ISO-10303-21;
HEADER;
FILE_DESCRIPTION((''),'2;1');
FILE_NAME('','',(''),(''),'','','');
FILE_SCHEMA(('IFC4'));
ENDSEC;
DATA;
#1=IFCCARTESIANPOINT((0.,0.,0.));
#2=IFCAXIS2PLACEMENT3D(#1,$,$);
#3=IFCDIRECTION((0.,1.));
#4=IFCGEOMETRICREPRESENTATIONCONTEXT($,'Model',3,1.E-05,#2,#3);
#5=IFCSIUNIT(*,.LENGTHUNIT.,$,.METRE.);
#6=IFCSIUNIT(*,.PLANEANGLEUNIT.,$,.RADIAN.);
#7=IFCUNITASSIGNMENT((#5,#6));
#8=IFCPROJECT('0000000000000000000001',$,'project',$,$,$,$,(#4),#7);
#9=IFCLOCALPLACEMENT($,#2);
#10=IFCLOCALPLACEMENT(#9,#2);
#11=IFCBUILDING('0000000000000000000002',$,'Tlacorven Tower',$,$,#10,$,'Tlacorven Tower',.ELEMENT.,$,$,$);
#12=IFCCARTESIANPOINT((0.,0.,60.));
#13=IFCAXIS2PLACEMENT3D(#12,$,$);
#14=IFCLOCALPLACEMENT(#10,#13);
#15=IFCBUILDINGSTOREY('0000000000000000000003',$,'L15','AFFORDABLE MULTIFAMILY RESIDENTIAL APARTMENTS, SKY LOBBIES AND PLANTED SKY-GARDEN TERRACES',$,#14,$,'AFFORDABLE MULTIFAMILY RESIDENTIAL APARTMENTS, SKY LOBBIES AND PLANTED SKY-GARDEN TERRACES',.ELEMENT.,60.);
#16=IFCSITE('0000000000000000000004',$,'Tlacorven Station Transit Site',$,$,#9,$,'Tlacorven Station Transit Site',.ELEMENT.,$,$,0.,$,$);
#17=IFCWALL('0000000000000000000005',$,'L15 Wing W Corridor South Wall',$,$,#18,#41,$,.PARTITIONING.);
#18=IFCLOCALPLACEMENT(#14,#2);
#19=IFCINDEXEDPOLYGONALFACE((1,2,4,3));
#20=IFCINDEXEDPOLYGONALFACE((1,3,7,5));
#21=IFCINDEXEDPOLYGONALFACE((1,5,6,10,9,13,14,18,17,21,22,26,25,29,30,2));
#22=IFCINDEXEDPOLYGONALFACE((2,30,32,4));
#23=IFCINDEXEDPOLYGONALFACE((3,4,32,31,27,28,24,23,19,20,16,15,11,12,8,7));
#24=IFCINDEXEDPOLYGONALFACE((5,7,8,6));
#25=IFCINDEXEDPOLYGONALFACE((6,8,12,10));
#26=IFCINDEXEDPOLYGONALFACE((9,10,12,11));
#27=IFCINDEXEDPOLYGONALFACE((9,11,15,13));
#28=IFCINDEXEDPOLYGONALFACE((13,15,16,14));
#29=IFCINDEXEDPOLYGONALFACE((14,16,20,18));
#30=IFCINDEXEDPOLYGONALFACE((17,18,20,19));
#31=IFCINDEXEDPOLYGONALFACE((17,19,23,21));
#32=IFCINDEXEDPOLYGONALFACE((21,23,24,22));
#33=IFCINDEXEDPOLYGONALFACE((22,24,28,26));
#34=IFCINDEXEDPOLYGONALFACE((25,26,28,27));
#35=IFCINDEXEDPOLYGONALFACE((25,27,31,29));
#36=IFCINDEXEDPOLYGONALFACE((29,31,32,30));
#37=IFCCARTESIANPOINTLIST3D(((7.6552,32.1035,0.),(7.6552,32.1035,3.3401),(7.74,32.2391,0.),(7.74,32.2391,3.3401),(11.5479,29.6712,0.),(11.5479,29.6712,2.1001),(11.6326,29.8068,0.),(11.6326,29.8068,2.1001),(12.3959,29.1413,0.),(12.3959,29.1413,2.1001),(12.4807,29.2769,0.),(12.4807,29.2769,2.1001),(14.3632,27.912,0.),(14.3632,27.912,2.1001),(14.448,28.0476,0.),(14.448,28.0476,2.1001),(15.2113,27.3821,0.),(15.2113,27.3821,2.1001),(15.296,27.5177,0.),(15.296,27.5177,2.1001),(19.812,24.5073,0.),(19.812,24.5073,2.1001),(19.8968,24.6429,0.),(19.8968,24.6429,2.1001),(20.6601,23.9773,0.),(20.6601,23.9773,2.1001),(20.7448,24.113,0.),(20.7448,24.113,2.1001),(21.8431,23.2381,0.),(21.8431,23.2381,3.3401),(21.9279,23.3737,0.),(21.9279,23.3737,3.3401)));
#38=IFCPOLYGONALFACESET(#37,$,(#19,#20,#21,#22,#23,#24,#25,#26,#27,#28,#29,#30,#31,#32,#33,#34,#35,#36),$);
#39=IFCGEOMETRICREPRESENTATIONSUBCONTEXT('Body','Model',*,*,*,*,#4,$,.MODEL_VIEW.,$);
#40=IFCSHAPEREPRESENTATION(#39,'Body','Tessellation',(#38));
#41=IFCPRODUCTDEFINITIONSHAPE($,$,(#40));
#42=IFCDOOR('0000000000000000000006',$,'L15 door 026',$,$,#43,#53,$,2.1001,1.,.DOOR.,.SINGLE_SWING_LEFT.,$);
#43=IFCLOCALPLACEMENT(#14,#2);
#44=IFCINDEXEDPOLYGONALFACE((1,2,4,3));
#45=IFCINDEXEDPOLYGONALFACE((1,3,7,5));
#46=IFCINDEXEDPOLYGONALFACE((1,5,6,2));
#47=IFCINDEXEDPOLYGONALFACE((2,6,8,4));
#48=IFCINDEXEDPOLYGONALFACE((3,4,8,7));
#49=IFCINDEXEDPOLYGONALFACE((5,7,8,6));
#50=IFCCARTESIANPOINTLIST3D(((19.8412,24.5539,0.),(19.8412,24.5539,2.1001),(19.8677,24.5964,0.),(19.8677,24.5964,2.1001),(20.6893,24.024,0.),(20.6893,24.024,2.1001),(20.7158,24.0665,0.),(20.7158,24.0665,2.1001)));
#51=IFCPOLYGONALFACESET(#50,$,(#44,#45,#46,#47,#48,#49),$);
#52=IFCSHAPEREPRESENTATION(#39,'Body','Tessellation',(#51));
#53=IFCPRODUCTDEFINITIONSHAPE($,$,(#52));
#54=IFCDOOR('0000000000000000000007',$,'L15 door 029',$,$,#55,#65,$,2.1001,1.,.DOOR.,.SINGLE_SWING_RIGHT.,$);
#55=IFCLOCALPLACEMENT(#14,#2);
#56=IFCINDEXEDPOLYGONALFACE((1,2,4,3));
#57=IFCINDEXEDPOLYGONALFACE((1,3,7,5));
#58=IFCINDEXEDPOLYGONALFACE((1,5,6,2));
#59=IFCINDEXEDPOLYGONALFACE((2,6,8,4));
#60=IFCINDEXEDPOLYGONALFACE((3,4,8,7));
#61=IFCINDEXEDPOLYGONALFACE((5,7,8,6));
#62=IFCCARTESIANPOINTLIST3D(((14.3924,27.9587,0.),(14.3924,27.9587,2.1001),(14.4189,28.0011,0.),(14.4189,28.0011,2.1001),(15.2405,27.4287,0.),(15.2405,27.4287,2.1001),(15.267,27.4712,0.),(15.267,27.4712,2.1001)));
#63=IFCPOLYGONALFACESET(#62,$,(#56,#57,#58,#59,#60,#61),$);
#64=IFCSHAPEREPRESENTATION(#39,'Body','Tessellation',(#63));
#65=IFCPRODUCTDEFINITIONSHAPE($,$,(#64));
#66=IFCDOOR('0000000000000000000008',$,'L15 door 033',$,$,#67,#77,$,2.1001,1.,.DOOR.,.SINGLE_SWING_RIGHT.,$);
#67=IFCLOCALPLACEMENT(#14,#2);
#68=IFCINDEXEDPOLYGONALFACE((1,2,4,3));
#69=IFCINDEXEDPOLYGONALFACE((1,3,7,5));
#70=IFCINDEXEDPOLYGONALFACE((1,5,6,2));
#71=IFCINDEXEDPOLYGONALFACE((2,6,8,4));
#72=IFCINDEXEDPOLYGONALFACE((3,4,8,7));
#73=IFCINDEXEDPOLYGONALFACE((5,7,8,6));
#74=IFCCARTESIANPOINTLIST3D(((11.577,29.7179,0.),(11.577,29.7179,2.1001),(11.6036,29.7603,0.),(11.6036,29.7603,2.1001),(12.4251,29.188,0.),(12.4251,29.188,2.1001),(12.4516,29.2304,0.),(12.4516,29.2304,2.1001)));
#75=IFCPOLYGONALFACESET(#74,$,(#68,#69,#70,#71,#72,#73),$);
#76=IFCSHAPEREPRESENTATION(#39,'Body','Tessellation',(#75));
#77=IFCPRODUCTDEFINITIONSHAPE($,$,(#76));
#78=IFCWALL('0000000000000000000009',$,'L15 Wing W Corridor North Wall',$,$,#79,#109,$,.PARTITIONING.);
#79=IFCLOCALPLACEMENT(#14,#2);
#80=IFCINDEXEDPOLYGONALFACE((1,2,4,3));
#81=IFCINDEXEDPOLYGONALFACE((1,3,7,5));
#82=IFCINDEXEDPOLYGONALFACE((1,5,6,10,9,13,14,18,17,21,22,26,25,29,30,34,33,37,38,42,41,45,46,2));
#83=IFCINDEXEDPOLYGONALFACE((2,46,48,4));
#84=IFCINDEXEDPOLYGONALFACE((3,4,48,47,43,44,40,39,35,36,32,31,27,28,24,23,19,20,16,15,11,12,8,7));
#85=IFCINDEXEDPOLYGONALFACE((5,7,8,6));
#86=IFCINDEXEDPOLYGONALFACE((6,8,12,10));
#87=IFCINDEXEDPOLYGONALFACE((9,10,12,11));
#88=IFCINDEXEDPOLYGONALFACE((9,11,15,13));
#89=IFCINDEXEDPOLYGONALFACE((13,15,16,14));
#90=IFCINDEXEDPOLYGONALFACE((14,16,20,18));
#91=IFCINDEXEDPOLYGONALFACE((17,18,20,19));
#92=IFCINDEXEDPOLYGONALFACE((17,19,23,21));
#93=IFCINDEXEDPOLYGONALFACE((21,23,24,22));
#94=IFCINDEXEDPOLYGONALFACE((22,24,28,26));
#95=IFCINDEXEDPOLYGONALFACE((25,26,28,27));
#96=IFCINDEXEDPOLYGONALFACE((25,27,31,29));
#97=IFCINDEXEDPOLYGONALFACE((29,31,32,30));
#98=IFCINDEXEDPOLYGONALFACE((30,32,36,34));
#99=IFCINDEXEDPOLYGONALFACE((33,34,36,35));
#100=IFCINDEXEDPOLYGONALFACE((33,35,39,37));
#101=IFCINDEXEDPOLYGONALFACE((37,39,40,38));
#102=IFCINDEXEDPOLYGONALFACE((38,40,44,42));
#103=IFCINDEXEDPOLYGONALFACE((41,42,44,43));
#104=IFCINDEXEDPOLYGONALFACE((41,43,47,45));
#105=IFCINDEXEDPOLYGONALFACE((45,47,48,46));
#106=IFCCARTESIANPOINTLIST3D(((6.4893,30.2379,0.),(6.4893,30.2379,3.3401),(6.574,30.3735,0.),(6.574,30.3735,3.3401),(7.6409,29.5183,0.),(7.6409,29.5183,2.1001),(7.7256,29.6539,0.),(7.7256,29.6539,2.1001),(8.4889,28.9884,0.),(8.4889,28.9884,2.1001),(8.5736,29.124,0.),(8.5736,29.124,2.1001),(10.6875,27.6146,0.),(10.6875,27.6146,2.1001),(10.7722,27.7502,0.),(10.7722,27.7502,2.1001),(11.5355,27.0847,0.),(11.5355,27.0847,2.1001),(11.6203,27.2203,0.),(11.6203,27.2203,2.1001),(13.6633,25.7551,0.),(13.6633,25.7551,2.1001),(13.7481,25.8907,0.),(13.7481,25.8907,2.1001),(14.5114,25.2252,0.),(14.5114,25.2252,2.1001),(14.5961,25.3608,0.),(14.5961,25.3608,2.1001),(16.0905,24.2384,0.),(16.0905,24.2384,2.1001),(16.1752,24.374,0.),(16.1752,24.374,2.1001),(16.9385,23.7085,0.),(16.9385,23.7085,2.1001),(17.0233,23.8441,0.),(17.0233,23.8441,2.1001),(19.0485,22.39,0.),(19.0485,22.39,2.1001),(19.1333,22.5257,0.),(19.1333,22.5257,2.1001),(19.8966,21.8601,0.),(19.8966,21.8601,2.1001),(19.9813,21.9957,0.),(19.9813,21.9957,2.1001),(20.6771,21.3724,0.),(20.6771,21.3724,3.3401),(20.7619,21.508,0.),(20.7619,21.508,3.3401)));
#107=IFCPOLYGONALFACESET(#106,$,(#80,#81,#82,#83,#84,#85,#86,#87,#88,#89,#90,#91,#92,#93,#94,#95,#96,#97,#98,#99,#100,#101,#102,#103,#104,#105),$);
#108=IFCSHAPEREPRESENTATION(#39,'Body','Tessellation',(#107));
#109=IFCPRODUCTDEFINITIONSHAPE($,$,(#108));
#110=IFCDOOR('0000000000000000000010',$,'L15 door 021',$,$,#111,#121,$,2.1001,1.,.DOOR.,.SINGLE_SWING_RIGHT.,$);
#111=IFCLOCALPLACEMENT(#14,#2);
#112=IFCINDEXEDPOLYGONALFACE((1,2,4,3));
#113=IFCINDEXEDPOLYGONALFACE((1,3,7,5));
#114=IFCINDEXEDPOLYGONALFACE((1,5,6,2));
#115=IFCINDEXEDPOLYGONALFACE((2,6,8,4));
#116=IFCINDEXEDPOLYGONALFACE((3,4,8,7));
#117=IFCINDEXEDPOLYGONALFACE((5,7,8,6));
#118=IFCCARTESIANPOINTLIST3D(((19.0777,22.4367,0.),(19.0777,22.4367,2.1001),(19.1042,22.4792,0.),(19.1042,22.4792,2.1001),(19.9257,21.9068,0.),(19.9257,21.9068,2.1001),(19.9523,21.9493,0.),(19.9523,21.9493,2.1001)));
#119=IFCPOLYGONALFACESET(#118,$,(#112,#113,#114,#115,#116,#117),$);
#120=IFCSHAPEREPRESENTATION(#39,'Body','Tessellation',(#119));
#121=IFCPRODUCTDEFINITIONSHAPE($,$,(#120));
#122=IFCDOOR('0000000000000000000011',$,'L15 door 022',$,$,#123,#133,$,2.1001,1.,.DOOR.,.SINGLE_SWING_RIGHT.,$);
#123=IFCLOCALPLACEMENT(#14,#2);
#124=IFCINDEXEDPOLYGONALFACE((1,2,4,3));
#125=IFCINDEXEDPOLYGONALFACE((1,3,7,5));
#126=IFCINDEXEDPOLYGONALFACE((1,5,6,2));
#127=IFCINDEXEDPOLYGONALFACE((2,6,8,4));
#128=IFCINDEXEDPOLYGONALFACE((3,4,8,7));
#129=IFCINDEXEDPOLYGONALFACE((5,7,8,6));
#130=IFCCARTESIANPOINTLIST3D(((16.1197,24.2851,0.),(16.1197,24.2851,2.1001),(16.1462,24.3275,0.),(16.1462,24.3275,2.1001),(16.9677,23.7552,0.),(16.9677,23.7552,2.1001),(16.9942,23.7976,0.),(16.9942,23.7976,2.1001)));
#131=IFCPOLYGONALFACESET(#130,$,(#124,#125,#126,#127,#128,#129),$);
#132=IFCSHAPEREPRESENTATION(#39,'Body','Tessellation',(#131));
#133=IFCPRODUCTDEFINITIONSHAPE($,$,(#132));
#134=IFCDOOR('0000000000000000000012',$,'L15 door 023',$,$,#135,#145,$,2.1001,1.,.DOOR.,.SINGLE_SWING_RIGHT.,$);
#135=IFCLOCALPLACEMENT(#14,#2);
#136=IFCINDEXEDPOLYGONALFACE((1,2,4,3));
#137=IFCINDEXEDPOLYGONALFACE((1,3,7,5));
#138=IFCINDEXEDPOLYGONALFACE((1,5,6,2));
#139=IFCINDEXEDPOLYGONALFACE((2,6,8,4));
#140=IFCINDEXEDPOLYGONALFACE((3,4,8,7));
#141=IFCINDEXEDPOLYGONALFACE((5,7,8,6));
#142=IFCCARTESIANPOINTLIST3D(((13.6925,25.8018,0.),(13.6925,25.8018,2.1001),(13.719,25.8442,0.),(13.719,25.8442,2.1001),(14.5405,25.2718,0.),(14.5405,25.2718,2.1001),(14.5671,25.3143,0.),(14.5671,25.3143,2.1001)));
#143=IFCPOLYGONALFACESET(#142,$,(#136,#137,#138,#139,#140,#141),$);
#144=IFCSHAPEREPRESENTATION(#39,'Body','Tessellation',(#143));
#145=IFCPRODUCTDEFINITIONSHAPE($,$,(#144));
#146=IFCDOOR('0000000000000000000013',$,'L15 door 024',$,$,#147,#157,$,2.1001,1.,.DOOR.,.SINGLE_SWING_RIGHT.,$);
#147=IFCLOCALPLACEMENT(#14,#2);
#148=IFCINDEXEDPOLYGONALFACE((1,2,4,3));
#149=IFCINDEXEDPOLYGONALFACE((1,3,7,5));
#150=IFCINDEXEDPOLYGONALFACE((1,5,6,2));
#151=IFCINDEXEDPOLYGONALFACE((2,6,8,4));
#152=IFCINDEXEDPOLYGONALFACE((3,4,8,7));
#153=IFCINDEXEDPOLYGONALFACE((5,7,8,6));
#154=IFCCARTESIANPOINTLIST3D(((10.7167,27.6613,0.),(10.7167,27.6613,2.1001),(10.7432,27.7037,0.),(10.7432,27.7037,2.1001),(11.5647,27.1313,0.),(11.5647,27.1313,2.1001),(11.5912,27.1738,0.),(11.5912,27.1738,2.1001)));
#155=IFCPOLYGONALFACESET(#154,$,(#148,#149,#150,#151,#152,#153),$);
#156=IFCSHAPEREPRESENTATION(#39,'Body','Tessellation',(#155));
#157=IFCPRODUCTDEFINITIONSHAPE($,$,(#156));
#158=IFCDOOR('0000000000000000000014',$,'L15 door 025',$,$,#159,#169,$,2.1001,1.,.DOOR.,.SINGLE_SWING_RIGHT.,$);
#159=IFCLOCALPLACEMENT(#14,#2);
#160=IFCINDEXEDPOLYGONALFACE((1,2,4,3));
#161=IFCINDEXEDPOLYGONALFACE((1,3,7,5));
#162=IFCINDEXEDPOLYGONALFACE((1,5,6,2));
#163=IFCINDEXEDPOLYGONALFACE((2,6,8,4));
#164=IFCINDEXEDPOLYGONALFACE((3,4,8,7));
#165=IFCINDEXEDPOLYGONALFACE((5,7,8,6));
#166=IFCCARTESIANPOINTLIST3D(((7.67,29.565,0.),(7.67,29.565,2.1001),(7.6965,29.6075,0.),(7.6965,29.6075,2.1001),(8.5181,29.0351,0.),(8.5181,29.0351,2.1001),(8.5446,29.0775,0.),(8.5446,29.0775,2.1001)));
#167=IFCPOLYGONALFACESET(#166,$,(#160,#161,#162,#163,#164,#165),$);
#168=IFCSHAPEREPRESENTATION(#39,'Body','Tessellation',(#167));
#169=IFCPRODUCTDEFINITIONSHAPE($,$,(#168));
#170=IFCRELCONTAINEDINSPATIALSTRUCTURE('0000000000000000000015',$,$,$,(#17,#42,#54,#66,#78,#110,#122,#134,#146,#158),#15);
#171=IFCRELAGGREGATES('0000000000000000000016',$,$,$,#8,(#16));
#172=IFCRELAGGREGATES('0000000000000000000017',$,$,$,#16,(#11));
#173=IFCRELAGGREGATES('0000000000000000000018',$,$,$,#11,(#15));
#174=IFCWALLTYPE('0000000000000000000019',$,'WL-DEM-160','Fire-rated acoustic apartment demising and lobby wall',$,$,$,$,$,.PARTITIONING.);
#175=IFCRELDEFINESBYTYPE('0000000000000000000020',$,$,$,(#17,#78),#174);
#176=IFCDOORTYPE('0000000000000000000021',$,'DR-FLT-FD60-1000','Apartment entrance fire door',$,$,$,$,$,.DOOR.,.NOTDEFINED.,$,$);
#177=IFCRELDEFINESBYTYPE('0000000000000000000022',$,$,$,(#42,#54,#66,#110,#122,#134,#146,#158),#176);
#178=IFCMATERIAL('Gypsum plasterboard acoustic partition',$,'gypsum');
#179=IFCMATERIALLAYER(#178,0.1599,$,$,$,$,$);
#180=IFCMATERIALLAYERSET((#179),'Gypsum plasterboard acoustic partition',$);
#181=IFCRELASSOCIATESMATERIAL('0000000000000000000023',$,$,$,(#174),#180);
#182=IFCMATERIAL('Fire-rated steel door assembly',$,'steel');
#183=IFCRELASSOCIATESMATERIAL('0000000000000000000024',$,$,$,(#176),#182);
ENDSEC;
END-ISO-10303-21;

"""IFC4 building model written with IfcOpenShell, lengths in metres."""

from ifc_helpers import new_model, si_unit, direction, frame, frame_2d, origin, place, context, subcontext, project, spatial, rectangle, extrude, source, transform, mapped, material, layer, layer_set, type_object, element, fill, save


model = new_model("IFC4")

# Units and contexts
model_context = context("Model", 3, precision=1e-05, world=origin(), true_north=direction((0.0, 1.0)))
body_context = subcontext(model_context, "Body", "Model", "MODEL_VIEW")
ifc_project = project(units=[si_unit("LENGTHUNIT", "METRE"), si_unit("PLANEANGLEUNIT", "RADIAN")], contexts=[model_context])

# Site, building, storey
site_placement = place(None, origin())
site = spatial("IfcSite", under=ifc_project, at=site_placement, Name="Tlacorven Station Transit Site", LongName="Tlacorven Station Transit Site", CompositionType="ELEMENT", RefElevation=0.0)
building_placement = place(site_placement, origin())
building = spatial("IfcBuilding", under=site, at=building_placement, Name="Tlacorven Tower", LongName="Tlacorven Tower", CompositionType="ELEMENT")
storey_placement = place(building_placement, frame((0.0, 0.0, 60.0)))
storey = spatial("IfcBuildingStorey", under=building, at=storey_placement, Name="L15", Description="AFFORDABLE MULTIFAMILY RESIDENTIAL APARTMENTS, SKY LOBBIES AND PLANTED SKY-GARDEN TERRACES", LongName="AFFORDABLE MULTIFAMILY RESIDENTIAL APARTMENTS, SKY LOBBIES AND PLANTED SKY-GARDEN TERRACES", CompositionType="ELEMENT", Elevation=60.0)

# Shared definitions
ifc_material_1 = material(Name="Gypsum plasterboard acoustic partition", Category="gypsum")
ifc_layer_1 = layer(ifc_material_1, 0.1599)
ifc_layer_set_1 = layer_set([ifc_layer_1], Name="Gypsum plasterboard acoustic partition")
wall_type_1 = type_object("IfcWallType", Name="WL-DEM-160", Description="Fire-rated acoustic apartment demising and lobby wall", PredefinedType="PARTITIONING", material=ifc_layer_set_1)
ifc_material_2 = material(Name="Fire-rated steel door assembly", Category="steel")

# Walls, openings, doors
wall_1_placement = place(storey_placement, frame((21.8855, 23.3059, 0.0), z_axis=(0.0, 0.0, 1.0), x_axis=(-0.848052, 0.529912, 0.0)))
wall_1 = element("IfcWall", 1, at=wall_1_placement, inside=storey, type_object=wall_type_1, Name="L15 Wing W Corridor South Wall", PredefinedType="PARTITIONING", context=body_context, shape_type="SweptSolid", body=[
    extrude(rectangle(XDim=16.73, YDim=0.1599, at=frame_2d((8.365, 0.0))), origin(), (0.0, 0.0, 1.0), 3.3401),
])
opening_1_placement = place(wall_1_placement, frame((1.395, 0.0, 0.0)))
opening_1 = element("IfcOpeningElement", 2, at=opening_1_placement, cuts=wall_1, PredefinedType="OPENING", context=body_context, shape_type="SweptSolid", body=[
    extrude(rectangle(XDim=1.0, YDim=2.1001, at=frame_2d((0.5, 1.05))), frame((0.0, 0.0898, 0.0), z_axis=(0.0, -1.0, 0.0), x_axis=(1.0, 0.0, 0.0)), (0.0, 0.0, 1.0), 0.1799),
])
opening_2_placement = place(wall_1_placement, frame((7.8201, 0.0, 0.0)))
opening_2 = element("IfcOpeningElement", 3, at=opening_2_placement, cuts=wall_1, PredefinedType="OPENING", context=body_context, shape_type="SweptSolid", body=[
    extrude(rectangle(XDim=1.0, YDim=2.1001, at=frame_2d((0.5, 1.05))), frame((0.0, 0.0898, 0.0), z_axis=(0.0, -1.0, 0.0), x_axis=(1.0, 0.0, 0.0)), (0.0, 0.0, 1.0), 0.1799),
])
opening_3_placement = place(wall_1_placement, frame((11.1399, 0.0, 0.0)))
opening_3 = element("IfcOpeningElement", 4, at=opening_3_placement, cuts=wall_1, PredefinedType="OPENING", context=body_context, shape_type="SweptSolid", body=[
    extrude(rectangle(XDim=1.0, YDim=2.1001, at=frame_2d((0.5, 1.05))), frame((0.0, 0.0898, 0.0), z_axis=(0.0, -1.0, 0.0), x_axis=(1.0, 0.0, 0.0)), (0.0, 0.0, 1.0), 0.1799),
])
door_type_1 = type_object("IfcDoorType", Name="DR-FLT-FD60-1000", Description="Apartment entrance fire door", OperationType="NOTDEFINED", PredefinedType="DOOR", material=ifc_material_2)
shared_shape_1 = source(origin(), body_context, "Body", "SweptSolid", [
    extrude(rectangle(XDim=1.0, YDim=2.1001, at=frame_2d((0.5, 1.05))), frame((0.0, 0.0249, 0.0), z_axis=(0.0, -1.0, 0.0), x_axis=(1.0, 0.0, 0.0)), (0.0, 0.0, 1.0), 0.05),
])
door_1_placement = place(opening_1_placement, origin())
door_1 = element("IfcDoor", 5, at=door_1_placement, inside=storey, type_object=door_type_1, Name="L15 door 026", OperationType="SINGLE_SWING_LEFT", OverallHeight=2.1001, OverallWidth=1.0, PredefinedType="DOOR", context=body_context, shape_type="MappedRepresentation", body=[
    mapped(shared_shape_1, transform((0.0, 0.0, 0.0), scale=1.0)),
])
fill(opening_1, door_1)
door_2_placement = place(opening_2_placement, origin())
door_2 = element("IfcDoor", 6, at=door_2_placement, inside=storey, type_object=door_type_1, Name="L15 door 029", OperationType="SINGLE_SWING_RIGHT", OverallHeight=2.1001, OverallWidth=1.0, PredefinedType="DOOR", context=body_context, shape_type="MappedRepresentation", body=[
    mapped(shared_shape_1, transform((0.0, 0.0, 0.0), scale=1.0)),
])
fill(opening_2, door_2)
door_3_placement = place(opening_3_placement, origin())
door_3 = element("IfcDoor", 7, at=door_3_placement, inside=storey, type_object=door_type_1, Name="L15 door 033", OperationType="SINGLE_SWING_RIGHT", OverallHeight=2.1001, OverallWidth=1.0, PredefinedType="DOOR", context=body_context, shape_type="MappedRepresentation", body=[
    mapped(shared_shape_1, transform((0.0, 0.0, 0.0), scale=1.0)),
])
fill(opening_3, door_3)
wall_2_placement = place(storey_placement, frame((20.7195, 21.4402, 0.0), z_axis=(0.0, 0.0, 1.0), x_axis=(-0.848048, 0.529919, 0.0)))
wall_2 = element("IfcWall", 8, at=wall_2_placement, inside=storey, type_object=wall_type_1, Name="L15 Wing W Corridor North Wall", PredefinedType="PARTITIONING", context=body_context, shape_type="SweptSolid", body=[
    extrude(rectangle(XDim=16.73, YDim=0.1599, at=frame_2d((8.365, 0.0))), origin(), (0.0, 0.0, 1.0), 3.3401),
])
opening_4_placement = place(wall_2_placement, frame((0.9204, 0.0, 0.0)))
opening_4 = element("IfcOpeningElement", 9, at=opening_4_placement, cuts=wall_2, PredefinedType="OPENING", context=body_context, shape_type="SweptSolid", body=[
    extrude(rectangle(XDim=1.0, YDim=2.1001, at=frame_2d((0.5, 1.05))), frame((0.0, 0.0898, 0.0), z_axis=(0.0, -1.0, 0.0), x_axis=(1.0, 0.0, 0.0)), (0.0, 0.0, 1.0), 0.1799),
])
opening_5_placement = place(wall_2_placement, frame((4.4084, 0.0, 0.0)))
opening_5 = element("IfcOpeningElement", 10, at=opening_5_placement, cuts=wall_2, PredefinedType="OPENING", context=body_context, shape_type="SweptSolid", body=[
    extrude(rectangle(XDim=1.0, YDim=2.1001, at=frame_2d((0.5, 1.05))), frame((0.0, 0.0898, 0.0), z_axis=(0.0, -1.0, 0.0), x_axis=(1.0, 0.0, 0.0)), (0.0, 0.0, 1.0), 0.1799),
])
opening_6_placement = place(wall_2_placement, frame((7.2705, 0.0, 0.0)))
opening_6 = element("IfcOpeningElement", 11, at=opening_6_placement, cuts=wall_2, PredefinedType="OPENING", context=body_context, shape_type="SweptSolid", body=[
    extrude(rectangle(XDim=1.0, YDim=2.1001, at=frame_2d((0.5, 1.05))), frame((0.0, 0.0898, 0.0), z_axis=(0.0, -1.0, 0.0), x_axis=(1.0, 0.0, 0.0)), (0.0, 0.0, 1.0), 0.1799),
])
opening_7_placement = place(wall_2_placement, frame((10.7795, 0.0, 0.0)))
opening_7 = element("IfcOpeningElement", 12, at=opening_7_placement, cuts=wall_2, PredefinedType="OPENING", context=body_context, shape_type="SweptSolid", body=[
    extrude(rectangle(XDim=1.0, YDim=2.1001, at=frame_2d((0.5, 1.05))), frame((0.0, 0.0898, 0.0), z_axis=(0.0, -1.0, 0.0), x_axis=(1.0, 0.0, 0.0)), (0.0, 0.0, 1.0), 0.1799),
])
opening_8_placement = place(wall_2_placement, frame((14.3721, 0.0, 0.0)))
opening_8 = element("IfcOpeningElement", 13, at=opening_8_placement, cuts=wall_2, PredefinedType="OPENING", context=body_context, shape_type="SweptSolid", body=[
    extrude(rectangle(XDim=1.0, YDim=2.1001, at=frame_2d((0.5, 1.05))), frame((0.0, 0.0898, 0.0), z_axis=(0.0, -1.0, 0.0), x_axis=(1.0, 0.0, 0.0)), (0.0, 0.0, 1.0), 0.1799),
])
door_4_placement = place(opening_4_placement, origin())
door_4 = element("IfcDoor", 14, at=door_4_placement, inside=storey, type_object=door_type_1, Name="L15 door 021", OperationType="SINGLE_SWING_RIGHT", OverallHeight=2.1001, OverallWidth=1.0, PredefinedType="DOOR", context=body_context, shape_type="MappedRepresentation", body=[
    mapped(shared_shape_1, transform((0.0, 0.0, 0.0), scale=1.0)),
])
fill(opening_4, door_4)
door_5_placement = place(opening_5_placement, origin())
door_5 = element("IfcDoor", 15, at=door_5_placement, inside=storey, type_object=door_type_1, Name="L15 door 022", OperationType="SINGLE_SWING_RIGHT", OverallHeight=2.1001, OverallWidth=1.0, PredefinedType="DOOR", context=body_context, shape_type="MappedRepresentation", body=[
    mapped(shared_shape_1, transform((0.0, 0.0, 0.0), scale=1.0)),
])
fill(opening_5, door_5)
door_6_placement = place(opening_6_placement, origin())
door_6 = element("IfcDoor", 16, at=door_6_placement, inside=storey, type_object=door_type_1, Name="L15 door 023", OperationType="SINGLE_SWING_RIGHT", OverallHeight=2.1001, OverallWidth=1.0, PredefinedType="DOOR", context=body_context, shape_type="MappedRepresentation", body=[
    mapped(shared_shape_1, transform((0.0, 0.0, 0.0), scale=1.0)),
])
fill(opening_6, door_6)
door_7_placement = place(opening_7_placement, origin())
door_7 = element("IfcDoor", 17, at=door_7_placement, inside=storey, type_object=door_type_1, Name="L15 door 024", OperationType="SINGLE_SWING_RIGHT", OverallHeight=2.1001, OverallWidth=1.0, PredefinedType="DOOR", context=body_context, shape_type="MappedRepresentation", body=[
    mapped(shared_shape_1, transform((0.0, 0.0, 0.0), scale=1.0)),
])
fill(opening_7, door_7)
door_8_placement = place(opening_8_placement, origin())
door_8 = element("IfcDoor", 18, at=door_8_placement, inside=storey, type_object=door_type_1, Name="L15 door 025", OperationType="SINGLE_SWING_RIGHT", OverallHeight=2.1001, OverallWidth=1.0, PredefinedType="DOOR", context=body_context, shape_type="MappedRepresentation", body=[
    mapped(shared_shape_1, transform((0.0, 0.0, 0.0), scale=1.0)),
])
fill(opening_8, door_8)

save(model, "model.ifc")
